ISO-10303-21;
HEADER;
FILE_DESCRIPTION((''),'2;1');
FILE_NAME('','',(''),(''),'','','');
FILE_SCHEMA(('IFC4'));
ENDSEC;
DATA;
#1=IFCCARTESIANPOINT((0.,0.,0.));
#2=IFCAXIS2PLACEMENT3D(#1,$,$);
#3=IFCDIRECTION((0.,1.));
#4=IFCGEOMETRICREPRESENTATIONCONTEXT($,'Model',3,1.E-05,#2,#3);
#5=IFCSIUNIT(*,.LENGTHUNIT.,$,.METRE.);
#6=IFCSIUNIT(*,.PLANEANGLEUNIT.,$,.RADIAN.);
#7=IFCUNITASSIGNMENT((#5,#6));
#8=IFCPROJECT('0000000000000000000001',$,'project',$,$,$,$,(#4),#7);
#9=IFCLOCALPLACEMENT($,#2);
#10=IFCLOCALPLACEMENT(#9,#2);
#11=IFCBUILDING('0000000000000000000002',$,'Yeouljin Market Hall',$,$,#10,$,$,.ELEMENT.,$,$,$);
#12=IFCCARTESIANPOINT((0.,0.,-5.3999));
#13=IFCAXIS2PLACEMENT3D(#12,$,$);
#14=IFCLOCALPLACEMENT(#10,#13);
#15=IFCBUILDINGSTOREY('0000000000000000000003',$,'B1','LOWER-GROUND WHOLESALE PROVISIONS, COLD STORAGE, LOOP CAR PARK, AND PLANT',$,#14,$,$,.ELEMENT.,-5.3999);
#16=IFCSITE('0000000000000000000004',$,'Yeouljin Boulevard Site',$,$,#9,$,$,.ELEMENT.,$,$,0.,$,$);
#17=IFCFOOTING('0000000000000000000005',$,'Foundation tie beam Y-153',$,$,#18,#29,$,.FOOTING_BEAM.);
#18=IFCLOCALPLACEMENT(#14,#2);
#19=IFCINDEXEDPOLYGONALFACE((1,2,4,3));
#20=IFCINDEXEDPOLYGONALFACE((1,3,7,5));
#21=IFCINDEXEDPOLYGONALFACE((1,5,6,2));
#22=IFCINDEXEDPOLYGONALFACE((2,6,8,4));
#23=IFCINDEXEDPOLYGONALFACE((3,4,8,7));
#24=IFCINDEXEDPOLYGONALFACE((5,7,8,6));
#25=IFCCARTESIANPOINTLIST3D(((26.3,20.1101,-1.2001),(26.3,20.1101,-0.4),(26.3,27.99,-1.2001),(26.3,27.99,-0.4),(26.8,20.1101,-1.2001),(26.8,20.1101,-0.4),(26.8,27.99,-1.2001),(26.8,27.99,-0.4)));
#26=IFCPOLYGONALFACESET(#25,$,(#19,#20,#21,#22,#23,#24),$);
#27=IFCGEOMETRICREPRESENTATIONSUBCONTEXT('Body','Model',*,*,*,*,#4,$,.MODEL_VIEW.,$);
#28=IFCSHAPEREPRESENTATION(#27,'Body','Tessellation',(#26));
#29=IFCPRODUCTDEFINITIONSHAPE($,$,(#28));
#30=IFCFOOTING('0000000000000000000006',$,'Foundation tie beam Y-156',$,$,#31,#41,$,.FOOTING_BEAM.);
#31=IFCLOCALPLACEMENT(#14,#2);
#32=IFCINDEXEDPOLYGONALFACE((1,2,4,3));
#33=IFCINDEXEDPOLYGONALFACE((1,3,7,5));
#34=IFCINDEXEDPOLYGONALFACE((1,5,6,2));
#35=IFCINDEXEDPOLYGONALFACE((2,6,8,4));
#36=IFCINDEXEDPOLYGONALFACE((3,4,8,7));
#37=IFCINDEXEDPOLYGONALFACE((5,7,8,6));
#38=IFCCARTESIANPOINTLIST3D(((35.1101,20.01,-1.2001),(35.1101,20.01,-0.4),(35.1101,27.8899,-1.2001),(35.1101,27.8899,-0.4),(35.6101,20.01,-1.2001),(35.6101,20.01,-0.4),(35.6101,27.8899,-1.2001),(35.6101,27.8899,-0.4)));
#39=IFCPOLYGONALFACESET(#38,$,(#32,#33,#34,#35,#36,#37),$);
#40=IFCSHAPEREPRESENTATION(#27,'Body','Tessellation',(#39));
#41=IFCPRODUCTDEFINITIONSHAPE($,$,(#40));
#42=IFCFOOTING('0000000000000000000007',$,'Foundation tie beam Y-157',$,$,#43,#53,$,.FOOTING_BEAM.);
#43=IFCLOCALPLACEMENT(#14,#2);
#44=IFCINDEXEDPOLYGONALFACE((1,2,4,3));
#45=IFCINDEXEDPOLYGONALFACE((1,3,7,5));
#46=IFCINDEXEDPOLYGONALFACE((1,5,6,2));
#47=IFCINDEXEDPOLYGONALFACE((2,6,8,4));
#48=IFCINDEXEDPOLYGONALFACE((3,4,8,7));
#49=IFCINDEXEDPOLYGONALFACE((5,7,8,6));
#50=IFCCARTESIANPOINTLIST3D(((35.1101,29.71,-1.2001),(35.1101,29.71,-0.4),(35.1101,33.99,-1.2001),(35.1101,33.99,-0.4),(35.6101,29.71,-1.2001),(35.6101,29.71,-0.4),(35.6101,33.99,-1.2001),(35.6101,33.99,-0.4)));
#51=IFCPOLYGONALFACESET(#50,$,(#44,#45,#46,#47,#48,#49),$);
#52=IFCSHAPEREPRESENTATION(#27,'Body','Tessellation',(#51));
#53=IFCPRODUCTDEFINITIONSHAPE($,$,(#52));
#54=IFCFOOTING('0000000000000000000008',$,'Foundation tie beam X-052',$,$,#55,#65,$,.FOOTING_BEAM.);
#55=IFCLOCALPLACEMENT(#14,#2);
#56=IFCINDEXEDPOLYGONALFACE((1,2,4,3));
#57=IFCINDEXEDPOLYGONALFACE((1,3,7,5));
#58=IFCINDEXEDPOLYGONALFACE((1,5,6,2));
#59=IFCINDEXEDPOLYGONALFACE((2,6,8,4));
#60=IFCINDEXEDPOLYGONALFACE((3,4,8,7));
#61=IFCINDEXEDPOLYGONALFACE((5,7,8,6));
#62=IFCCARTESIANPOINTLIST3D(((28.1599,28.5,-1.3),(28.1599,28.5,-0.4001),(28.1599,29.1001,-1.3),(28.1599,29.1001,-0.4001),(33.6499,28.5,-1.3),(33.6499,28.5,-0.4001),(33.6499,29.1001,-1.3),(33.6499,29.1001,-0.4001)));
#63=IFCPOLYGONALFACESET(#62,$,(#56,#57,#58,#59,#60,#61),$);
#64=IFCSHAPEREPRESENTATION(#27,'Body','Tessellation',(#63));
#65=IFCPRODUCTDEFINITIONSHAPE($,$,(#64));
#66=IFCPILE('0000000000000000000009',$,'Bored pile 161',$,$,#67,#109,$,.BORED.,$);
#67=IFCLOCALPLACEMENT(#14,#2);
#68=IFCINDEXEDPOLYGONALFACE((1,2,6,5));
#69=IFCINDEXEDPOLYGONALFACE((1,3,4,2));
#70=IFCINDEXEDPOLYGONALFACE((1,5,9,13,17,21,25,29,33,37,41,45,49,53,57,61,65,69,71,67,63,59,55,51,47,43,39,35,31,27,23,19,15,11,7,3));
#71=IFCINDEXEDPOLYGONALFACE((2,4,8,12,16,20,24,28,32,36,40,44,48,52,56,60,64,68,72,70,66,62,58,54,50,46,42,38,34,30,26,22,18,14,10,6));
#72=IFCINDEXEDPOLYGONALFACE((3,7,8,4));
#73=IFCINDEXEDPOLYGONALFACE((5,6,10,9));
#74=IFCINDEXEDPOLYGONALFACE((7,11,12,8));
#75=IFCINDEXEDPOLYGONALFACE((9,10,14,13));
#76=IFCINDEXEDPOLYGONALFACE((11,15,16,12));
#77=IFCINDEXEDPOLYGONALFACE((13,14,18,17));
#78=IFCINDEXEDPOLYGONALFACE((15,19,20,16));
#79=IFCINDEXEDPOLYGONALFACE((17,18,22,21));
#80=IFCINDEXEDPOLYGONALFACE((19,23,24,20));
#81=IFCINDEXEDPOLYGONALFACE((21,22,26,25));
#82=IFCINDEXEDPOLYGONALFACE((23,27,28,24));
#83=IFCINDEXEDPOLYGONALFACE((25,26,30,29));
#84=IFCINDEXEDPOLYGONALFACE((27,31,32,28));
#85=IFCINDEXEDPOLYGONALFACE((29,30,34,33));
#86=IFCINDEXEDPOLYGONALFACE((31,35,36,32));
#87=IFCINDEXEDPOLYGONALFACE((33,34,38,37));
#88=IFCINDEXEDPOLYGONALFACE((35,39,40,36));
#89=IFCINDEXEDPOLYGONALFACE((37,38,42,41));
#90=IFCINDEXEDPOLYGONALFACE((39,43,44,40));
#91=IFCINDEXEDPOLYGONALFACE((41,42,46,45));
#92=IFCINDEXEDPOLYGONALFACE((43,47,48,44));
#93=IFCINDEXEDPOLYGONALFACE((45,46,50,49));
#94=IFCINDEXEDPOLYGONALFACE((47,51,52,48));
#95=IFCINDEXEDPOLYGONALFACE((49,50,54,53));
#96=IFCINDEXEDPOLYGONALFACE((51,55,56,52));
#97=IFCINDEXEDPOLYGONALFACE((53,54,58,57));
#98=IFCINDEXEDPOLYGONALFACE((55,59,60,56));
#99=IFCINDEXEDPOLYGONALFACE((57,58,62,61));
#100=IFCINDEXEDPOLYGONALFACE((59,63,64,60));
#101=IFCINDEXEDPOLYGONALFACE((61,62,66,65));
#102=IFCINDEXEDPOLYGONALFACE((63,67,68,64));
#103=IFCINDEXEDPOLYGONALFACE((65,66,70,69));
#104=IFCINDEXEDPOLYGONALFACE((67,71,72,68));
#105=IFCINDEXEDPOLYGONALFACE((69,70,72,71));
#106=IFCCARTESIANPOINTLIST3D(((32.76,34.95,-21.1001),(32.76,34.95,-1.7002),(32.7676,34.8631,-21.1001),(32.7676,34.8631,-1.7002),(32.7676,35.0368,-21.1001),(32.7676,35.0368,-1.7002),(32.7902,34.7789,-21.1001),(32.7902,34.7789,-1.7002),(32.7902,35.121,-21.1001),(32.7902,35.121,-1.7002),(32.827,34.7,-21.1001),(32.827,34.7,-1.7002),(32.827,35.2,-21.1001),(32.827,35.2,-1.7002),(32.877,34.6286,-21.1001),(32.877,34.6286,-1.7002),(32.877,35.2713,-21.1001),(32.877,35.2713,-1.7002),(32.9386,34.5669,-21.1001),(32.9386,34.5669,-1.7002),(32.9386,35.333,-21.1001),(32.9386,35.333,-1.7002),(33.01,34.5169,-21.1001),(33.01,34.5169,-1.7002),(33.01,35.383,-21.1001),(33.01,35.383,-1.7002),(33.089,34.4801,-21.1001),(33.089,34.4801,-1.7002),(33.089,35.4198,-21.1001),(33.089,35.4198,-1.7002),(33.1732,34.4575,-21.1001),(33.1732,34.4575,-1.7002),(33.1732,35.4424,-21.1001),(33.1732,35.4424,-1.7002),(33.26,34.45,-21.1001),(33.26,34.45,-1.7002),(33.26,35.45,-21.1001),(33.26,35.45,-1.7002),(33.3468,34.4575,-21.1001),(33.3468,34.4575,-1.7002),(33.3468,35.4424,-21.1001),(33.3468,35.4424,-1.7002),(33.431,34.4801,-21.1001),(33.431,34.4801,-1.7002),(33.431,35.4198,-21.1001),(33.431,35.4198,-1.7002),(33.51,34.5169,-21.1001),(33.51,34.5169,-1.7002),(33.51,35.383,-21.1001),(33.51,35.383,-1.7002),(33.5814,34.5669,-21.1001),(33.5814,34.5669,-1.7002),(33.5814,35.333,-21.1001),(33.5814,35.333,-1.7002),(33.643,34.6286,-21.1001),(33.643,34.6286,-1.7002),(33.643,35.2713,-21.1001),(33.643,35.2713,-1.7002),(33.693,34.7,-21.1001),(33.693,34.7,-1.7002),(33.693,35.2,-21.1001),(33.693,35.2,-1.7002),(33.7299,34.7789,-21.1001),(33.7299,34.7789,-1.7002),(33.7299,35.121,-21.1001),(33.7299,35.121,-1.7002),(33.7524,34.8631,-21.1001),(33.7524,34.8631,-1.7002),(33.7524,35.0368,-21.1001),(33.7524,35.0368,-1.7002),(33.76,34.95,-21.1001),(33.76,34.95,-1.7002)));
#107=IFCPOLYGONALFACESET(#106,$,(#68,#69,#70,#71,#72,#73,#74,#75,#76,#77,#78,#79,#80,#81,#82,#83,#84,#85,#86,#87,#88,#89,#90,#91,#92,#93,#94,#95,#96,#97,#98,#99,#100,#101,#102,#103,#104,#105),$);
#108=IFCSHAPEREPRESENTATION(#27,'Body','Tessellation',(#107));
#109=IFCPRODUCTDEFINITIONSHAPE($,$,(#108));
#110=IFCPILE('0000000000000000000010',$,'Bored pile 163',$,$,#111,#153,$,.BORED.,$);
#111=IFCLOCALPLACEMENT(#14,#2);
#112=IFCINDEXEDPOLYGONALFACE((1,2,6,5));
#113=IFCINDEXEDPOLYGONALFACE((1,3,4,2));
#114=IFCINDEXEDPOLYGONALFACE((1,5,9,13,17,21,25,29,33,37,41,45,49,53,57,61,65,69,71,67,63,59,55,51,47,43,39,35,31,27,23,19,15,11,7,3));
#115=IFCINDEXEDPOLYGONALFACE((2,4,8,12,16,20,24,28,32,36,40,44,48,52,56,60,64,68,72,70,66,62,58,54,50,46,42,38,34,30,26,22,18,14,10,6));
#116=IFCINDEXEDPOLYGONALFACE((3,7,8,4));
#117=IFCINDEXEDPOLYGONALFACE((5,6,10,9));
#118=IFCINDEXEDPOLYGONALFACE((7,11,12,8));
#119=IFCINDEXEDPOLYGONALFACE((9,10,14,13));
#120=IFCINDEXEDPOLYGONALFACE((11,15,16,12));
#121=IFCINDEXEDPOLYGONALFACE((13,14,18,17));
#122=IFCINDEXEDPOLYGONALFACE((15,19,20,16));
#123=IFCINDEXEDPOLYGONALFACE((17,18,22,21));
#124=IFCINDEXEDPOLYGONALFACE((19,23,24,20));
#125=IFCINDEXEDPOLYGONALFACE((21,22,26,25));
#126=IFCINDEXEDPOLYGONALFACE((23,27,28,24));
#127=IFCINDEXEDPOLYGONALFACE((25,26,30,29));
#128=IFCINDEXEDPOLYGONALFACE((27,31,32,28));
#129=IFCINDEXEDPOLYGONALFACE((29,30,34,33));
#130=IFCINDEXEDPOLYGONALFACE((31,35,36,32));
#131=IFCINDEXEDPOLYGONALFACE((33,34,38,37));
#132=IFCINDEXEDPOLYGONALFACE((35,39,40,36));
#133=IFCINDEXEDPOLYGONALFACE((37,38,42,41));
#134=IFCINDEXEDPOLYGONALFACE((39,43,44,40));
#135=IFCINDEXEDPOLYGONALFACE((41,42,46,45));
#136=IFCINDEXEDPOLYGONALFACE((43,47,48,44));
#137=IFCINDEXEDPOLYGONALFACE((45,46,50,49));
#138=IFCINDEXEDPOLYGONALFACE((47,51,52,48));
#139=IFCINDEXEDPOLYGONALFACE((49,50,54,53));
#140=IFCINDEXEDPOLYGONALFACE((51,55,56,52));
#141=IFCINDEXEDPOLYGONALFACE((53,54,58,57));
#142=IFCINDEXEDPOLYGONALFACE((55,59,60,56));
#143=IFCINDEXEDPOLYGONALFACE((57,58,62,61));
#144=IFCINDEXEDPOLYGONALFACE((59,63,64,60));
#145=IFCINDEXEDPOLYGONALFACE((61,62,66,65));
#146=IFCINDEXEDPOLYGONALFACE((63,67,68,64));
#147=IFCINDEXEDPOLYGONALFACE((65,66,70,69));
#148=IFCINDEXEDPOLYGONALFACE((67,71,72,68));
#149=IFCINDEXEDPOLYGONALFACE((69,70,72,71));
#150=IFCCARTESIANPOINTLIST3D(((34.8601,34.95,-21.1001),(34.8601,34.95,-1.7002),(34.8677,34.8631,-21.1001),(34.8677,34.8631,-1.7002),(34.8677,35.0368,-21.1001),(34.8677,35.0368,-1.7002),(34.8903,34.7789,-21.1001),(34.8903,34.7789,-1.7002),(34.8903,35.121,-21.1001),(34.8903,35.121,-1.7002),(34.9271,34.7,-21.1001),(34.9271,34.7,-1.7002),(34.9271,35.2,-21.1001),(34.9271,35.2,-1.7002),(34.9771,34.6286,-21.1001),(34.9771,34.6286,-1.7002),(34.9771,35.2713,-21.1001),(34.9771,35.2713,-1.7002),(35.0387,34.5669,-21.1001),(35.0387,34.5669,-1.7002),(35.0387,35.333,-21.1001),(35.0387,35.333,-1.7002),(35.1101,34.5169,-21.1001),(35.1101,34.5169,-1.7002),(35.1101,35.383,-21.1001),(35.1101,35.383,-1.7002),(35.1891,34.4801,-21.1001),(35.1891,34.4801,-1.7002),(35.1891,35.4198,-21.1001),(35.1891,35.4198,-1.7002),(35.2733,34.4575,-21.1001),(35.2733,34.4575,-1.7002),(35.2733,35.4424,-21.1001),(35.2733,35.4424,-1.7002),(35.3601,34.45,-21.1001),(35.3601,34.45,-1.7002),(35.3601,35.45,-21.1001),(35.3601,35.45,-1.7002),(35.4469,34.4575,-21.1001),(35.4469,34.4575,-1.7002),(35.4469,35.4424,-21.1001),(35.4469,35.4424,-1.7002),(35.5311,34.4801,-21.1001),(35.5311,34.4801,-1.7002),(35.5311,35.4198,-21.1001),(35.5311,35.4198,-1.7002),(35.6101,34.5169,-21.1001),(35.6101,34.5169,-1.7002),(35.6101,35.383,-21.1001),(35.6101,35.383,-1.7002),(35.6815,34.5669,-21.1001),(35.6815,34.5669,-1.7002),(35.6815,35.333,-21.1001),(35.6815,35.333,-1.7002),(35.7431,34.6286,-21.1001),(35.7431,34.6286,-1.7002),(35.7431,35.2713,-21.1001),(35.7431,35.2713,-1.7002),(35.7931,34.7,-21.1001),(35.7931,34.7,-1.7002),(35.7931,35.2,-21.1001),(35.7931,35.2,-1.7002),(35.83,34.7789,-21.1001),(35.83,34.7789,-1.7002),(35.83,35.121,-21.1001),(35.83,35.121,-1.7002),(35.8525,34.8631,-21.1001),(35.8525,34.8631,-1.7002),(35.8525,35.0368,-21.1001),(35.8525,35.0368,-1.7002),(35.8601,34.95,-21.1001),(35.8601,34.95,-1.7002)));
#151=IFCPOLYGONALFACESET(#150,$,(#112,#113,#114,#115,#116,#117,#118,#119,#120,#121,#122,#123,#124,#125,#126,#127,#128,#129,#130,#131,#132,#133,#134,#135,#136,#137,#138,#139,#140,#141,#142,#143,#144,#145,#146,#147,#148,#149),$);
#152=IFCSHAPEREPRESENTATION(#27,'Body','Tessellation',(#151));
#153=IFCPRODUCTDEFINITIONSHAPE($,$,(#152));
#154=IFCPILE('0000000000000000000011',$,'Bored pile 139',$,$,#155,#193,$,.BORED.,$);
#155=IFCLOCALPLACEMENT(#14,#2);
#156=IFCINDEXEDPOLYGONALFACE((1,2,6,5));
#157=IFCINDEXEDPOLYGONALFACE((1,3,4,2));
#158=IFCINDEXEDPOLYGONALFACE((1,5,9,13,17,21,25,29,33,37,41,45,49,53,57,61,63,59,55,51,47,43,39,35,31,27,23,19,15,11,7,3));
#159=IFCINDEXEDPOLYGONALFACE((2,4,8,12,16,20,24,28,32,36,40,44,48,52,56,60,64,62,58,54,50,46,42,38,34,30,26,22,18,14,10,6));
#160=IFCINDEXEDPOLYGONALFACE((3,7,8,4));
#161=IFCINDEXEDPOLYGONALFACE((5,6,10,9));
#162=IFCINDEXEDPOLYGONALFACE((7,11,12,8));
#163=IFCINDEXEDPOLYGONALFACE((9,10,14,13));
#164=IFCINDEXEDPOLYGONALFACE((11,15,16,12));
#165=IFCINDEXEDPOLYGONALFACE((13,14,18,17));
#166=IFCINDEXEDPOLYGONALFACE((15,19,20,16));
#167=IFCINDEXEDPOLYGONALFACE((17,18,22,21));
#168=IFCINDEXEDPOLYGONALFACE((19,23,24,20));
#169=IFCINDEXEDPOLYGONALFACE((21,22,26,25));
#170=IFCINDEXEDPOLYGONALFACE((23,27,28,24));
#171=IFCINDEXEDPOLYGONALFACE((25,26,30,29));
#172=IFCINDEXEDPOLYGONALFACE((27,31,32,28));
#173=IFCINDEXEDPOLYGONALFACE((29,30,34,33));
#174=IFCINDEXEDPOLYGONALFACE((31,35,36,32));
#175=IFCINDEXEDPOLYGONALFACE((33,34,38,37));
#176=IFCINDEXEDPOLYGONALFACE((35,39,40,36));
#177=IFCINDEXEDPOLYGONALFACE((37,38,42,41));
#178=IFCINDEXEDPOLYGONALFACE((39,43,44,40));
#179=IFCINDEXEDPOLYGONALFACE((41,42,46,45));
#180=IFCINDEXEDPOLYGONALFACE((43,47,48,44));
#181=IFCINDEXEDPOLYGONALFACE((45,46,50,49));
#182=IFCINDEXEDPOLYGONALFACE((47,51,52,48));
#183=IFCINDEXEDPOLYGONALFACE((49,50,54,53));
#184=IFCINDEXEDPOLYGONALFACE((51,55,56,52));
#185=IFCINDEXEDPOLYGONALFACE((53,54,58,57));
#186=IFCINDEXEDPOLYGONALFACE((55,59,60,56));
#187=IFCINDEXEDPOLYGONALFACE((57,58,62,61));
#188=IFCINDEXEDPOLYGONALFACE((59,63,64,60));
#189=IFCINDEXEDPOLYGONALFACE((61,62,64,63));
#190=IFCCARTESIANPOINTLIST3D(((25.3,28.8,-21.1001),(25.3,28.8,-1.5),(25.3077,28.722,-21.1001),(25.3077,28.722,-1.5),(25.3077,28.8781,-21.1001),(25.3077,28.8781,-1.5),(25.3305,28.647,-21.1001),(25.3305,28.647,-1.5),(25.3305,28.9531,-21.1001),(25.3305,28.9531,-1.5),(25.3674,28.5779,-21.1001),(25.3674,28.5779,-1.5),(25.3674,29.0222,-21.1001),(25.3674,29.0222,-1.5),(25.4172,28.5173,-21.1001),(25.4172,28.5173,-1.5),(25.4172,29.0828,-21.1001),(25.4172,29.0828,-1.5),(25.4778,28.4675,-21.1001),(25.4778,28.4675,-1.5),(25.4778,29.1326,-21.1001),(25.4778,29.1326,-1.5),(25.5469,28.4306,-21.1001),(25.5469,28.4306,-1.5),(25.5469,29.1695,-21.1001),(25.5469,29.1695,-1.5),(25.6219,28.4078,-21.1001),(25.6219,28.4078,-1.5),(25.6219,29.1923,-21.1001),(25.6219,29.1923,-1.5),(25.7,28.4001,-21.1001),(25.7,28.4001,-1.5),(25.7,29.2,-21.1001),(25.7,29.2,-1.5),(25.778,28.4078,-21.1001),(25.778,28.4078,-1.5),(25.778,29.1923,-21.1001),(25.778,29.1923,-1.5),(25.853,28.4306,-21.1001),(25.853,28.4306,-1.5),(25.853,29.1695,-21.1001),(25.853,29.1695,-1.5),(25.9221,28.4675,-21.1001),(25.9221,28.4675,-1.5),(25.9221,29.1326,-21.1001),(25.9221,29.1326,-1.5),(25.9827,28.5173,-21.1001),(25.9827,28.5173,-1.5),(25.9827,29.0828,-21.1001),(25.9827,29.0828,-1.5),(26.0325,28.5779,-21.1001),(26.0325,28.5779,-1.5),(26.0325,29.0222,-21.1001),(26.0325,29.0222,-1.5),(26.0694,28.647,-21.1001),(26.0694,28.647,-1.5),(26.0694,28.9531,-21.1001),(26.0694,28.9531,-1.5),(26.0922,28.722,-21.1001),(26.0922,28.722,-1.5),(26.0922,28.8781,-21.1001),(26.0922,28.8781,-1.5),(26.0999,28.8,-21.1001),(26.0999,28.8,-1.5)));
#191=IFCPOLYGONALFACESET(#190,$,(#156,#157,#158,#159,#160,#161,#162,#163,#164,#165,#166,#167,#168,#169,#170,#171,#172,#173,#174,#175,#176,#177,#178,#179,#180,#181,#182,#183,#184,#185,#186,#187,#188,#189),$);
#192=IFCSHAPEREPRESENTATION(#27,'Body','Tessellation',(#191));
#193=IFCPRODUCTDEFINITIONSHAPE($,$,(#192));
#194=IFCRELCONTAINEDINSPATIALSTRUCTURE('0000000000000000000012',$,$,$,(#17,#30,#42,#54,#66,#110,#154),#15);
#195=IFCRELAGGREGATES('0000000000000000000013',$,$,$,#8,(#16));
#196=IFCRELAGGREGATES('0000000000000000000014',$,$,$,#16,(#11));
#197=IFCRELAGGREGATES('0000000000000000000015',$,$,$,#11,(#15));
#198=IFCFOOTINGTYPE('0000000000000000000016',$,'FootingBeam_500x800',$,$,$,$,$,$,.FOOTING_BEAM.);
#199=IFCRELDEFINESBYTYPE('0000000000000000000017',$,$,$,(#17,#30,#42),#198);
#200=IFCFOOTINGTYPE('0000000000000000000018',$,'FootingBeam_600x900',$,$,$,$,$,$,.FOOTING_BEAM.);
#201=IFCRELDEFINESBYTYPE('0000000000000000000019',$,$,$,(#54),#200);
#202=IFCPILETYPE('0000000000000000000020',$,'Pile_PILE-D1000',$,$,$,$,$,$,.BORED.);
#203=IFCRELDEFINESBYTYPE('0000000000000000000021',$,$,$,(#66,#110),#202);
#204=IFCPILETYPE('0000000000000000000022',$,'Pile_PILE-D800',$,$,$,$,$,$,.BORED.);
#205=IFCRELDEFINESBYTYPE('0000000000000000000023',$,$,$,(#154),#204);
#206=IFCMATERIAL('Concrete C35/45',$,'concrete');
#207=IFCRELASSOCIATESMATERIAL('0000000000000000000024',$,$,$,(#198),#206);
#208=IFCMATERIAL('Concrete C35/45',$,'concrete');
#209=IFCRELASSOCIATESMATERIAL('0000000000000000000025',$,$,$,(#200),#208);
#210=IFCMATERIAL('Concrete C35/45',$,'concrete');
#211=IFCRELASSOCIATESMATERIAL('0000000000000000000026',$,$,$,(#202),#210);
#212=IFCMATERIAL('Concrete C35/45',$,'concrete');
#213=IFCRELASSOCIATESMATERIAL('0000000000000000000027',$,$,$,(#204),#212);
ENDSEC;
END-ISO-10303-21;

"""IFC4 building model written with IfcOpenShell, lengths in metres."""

from ifc_helpers import new_model, si_unit, direction, frame, origin, origin_2d, place, context, subcontext, project, spatial, rectangle, circle, extrude, material, material_profile, profile_set, type_object, element, save


model = new_model("IFC4")

# Units and contexts
model_context = context("Model", 3, precision=1e-05, world=origin(), true_north=direction((0.0, 1.0)))
body_context = subcontext(model_context, "Body", "Model", "MODEL_VIEW")
ifc_project = project(units=[si_unit("LENGTHUNIT", "METRE"), si_unit("PLANEANGLEUNIT", "RADIAN")], contexts=[model_context])

# Site, building, storey
site_placement = place(None, origin())
site = spatial("IfcSite", under=ifc_project, at=site_placement, Name="Yeouljin Boulevard Site", CompositionType="ELEMENT", RefElevation=0.0)
building_placement = place(site_placement, origin())
building = spatial("IfcBuilding", under=site, at=building_placement, Name="Yeouljin Market Hall", CompositionType="ELEMENT")
storey_placement = place(building_placement, frame((0.0, 0.0, -5.3999)))
storey = spatial("IfcBuildingStorey", under=building, at=storey_placement, Name="B1", Description="LOWER-GROUND WHOLESALE PROVISIONS, COLD STORAGE, LOOP CAR PARK, AND PLANT", CompositionType="ELEMENT", Elevation=-5.3999)

# Footings
ifc_material_1 = material(Name="Concrete C35/45", Category="concrete")
ifc_material_profile_1 = material_profile(ifc_material_1, rectangle(XDim=0.5, YDim=0.8, at=origin_2d()), Name="RC-500x800")
ifc_profile_set_1 = profile_set([ifc_material_profile_1], Name="Concrete C35/45")
footing_type_1 = type_object("IfcFootingType", Name="FootingBeam_500x800", PredefinedType="FOOTING_BEAM", material=ifc_profile_set_1)
for number, where, z_axis, x_axis, name in (
    (1, (26.55, 20.1101, -0.8), (0.0, 1.0, 0.0), (-1.0, 0.0, 0.0), "Foundation tie beam Y-153"),
    (2, (35.3601, 20.01, -0.8), (0.0, 1.0, 0.0), (-1.0, 0.0, 0.0), "Foundation tie beam Y-156"),
):
    element("IfcFooting", number, at=place(storey_placement, frame(where, z_axis=z_axis, x_axis=x_axis)), inside=storey, type_object=footing_type_1, Name=name, PredefinedType="FOOTING_BEAM", context=body_context, shape_type="SweptSolid", body=[
        extrude(rectangle(XDim=0.5, YDim=0.8, at=origin_2d()), origin(), (0.0, 0.0, 1.0), 7.8799),
    ])
footing_1_placement = place(storey_placement, frame((35.3601, 29.71, -0.8), z_axis=(0.0, 1.0, 0.0), x_axis=(-1.0, 0.0, 0.0)))
element("IfcFooting", 3, at=footing_1_placement, inside=storey, type_object=footing_type_1, Name="Foundation tie beam Y-157", PredefinedType="FOOTING_BEAM", context=body_context, shape_type="SweptSolid", body=[
    extrude(rectangle(XDim=0.5, YDim=0.8, at=origin_2d()), origin(), (0.0, 0.0, 1.0), 4.28),
])
ifc_material_2 = material(Name="Concrete C35/45", Category="concrete")
ifc_material_profile_2 = material_profile(ifc_material_2, rectangle(XDim=0.6001, YDim=0.8999, at=origin_2d()), Name="RC-600x900")
ifc_profile_set_2 = profile_set([ifc_material_profile_2], Name="Concrete C35/45")
footing_type_2 = type_object("IfcFootingType", Name="FootingBeam_600x900", PredefinedType="FOOTING_BEAM", material=ifc_profile_set_2)
footing_2_placement = place(storey_placement, frame((28.1599, 28.8, -0.8501), z_axis=(1.0, 0.0, 0.0), x_axis=(0.0, 1.0, 0.0)))
element("IfcFooting", 4, at=footing_2_placement, inside=storey, type_object=footing_type_2, Name="Foundation tie beam X-052", PredefinedType="FOOTING_BEAM", context=body_context, shape_type="SweptSolid", body=[
    extrude(rectangle(XDim=0.6001, YDim=0.8999, at=origin_2d()), origin(), (0.0, 0.0, 1.0), 5.49),
])

# Piles
ifc_material_3 = material(Name="Concrete C35/45", Category="concrete")
ifc_material_profile_3 = material_profile(ifc_material_3, circle(Radius=0.5, at=origin_2d()), Name="PILE-D1000")
ifc_profile_set_3 = profile_set([ifc_material_profile_3], Name="Concrete C35/45")
pile_type_1 = type_object("IfcPileType", Name="Pile_PILE-D1000", PredefinedType="BORED", material=ifc_profile_set_3)
for number, where, z_axis, x_axis, name in (
    (5, (33.26, 34.95, -1.7002), (0.0, 0.0, -1.0), (1.0, 0.0, 0.0), "Bored pile 161"),
    (6, (35.3601, 34.95, -1.7002), (0.0, 0.0, -1.0), (1.0, 0.0, 0.0), "Bored pile 163"),
):
    element("IfcPile", number, at=place(storey_placement, frame(where, z_axis=z_axis, x_axis=x_axis)), inside=storey, type_object=pile_type_1, Name=name, PredefinedType="BORED", context=body_context, shape_type="SweptSolid", body=[
        extrude(circle(Radius=0.5, at=origin_2d()), origin(), (0.0, 0.0, 1.0), 19.3999),
    ])
ifc_material_4 = material(Name="Concrete C35/45", Category="concrete")
ifc_material_profile_4 = material_profile(ifc_material_4, circle(Radius=0.3999, at=origin_2d()), Name="PILE-D800")
ifc_profile_set_4 = profile_set([ifc_material_profile_4], Name="Concrete C35/45")
pile_type_2 = type_object("IfcPileType", Name="Pile_PILE-D800", PredefinedType="BORED", material=ifc_profile_set_4)
for number, where, z_axis, x_axis, name in (
    (7, (25.7, 28.8, -1.5), (0.0, 0.0, -1.0), (1.0, 0.0, 0.0), "Bored pile 139"),
):
    element("IfcPile", number, at=place(storey_placement, frame(where, z_axis=z_axis, x_axis=x_axis)), inside=storey, type_object=pile_type_2, Name=name, PredefinedType="BORED", context=body_context, shape_type="SweptSolid", body=[
        extrude(circle(Radius=0.3999, at=origin_2d()), origin(), (0.0, 0.0, 1.0), 19.6001),
    ])

save(model, "model.ifc")
